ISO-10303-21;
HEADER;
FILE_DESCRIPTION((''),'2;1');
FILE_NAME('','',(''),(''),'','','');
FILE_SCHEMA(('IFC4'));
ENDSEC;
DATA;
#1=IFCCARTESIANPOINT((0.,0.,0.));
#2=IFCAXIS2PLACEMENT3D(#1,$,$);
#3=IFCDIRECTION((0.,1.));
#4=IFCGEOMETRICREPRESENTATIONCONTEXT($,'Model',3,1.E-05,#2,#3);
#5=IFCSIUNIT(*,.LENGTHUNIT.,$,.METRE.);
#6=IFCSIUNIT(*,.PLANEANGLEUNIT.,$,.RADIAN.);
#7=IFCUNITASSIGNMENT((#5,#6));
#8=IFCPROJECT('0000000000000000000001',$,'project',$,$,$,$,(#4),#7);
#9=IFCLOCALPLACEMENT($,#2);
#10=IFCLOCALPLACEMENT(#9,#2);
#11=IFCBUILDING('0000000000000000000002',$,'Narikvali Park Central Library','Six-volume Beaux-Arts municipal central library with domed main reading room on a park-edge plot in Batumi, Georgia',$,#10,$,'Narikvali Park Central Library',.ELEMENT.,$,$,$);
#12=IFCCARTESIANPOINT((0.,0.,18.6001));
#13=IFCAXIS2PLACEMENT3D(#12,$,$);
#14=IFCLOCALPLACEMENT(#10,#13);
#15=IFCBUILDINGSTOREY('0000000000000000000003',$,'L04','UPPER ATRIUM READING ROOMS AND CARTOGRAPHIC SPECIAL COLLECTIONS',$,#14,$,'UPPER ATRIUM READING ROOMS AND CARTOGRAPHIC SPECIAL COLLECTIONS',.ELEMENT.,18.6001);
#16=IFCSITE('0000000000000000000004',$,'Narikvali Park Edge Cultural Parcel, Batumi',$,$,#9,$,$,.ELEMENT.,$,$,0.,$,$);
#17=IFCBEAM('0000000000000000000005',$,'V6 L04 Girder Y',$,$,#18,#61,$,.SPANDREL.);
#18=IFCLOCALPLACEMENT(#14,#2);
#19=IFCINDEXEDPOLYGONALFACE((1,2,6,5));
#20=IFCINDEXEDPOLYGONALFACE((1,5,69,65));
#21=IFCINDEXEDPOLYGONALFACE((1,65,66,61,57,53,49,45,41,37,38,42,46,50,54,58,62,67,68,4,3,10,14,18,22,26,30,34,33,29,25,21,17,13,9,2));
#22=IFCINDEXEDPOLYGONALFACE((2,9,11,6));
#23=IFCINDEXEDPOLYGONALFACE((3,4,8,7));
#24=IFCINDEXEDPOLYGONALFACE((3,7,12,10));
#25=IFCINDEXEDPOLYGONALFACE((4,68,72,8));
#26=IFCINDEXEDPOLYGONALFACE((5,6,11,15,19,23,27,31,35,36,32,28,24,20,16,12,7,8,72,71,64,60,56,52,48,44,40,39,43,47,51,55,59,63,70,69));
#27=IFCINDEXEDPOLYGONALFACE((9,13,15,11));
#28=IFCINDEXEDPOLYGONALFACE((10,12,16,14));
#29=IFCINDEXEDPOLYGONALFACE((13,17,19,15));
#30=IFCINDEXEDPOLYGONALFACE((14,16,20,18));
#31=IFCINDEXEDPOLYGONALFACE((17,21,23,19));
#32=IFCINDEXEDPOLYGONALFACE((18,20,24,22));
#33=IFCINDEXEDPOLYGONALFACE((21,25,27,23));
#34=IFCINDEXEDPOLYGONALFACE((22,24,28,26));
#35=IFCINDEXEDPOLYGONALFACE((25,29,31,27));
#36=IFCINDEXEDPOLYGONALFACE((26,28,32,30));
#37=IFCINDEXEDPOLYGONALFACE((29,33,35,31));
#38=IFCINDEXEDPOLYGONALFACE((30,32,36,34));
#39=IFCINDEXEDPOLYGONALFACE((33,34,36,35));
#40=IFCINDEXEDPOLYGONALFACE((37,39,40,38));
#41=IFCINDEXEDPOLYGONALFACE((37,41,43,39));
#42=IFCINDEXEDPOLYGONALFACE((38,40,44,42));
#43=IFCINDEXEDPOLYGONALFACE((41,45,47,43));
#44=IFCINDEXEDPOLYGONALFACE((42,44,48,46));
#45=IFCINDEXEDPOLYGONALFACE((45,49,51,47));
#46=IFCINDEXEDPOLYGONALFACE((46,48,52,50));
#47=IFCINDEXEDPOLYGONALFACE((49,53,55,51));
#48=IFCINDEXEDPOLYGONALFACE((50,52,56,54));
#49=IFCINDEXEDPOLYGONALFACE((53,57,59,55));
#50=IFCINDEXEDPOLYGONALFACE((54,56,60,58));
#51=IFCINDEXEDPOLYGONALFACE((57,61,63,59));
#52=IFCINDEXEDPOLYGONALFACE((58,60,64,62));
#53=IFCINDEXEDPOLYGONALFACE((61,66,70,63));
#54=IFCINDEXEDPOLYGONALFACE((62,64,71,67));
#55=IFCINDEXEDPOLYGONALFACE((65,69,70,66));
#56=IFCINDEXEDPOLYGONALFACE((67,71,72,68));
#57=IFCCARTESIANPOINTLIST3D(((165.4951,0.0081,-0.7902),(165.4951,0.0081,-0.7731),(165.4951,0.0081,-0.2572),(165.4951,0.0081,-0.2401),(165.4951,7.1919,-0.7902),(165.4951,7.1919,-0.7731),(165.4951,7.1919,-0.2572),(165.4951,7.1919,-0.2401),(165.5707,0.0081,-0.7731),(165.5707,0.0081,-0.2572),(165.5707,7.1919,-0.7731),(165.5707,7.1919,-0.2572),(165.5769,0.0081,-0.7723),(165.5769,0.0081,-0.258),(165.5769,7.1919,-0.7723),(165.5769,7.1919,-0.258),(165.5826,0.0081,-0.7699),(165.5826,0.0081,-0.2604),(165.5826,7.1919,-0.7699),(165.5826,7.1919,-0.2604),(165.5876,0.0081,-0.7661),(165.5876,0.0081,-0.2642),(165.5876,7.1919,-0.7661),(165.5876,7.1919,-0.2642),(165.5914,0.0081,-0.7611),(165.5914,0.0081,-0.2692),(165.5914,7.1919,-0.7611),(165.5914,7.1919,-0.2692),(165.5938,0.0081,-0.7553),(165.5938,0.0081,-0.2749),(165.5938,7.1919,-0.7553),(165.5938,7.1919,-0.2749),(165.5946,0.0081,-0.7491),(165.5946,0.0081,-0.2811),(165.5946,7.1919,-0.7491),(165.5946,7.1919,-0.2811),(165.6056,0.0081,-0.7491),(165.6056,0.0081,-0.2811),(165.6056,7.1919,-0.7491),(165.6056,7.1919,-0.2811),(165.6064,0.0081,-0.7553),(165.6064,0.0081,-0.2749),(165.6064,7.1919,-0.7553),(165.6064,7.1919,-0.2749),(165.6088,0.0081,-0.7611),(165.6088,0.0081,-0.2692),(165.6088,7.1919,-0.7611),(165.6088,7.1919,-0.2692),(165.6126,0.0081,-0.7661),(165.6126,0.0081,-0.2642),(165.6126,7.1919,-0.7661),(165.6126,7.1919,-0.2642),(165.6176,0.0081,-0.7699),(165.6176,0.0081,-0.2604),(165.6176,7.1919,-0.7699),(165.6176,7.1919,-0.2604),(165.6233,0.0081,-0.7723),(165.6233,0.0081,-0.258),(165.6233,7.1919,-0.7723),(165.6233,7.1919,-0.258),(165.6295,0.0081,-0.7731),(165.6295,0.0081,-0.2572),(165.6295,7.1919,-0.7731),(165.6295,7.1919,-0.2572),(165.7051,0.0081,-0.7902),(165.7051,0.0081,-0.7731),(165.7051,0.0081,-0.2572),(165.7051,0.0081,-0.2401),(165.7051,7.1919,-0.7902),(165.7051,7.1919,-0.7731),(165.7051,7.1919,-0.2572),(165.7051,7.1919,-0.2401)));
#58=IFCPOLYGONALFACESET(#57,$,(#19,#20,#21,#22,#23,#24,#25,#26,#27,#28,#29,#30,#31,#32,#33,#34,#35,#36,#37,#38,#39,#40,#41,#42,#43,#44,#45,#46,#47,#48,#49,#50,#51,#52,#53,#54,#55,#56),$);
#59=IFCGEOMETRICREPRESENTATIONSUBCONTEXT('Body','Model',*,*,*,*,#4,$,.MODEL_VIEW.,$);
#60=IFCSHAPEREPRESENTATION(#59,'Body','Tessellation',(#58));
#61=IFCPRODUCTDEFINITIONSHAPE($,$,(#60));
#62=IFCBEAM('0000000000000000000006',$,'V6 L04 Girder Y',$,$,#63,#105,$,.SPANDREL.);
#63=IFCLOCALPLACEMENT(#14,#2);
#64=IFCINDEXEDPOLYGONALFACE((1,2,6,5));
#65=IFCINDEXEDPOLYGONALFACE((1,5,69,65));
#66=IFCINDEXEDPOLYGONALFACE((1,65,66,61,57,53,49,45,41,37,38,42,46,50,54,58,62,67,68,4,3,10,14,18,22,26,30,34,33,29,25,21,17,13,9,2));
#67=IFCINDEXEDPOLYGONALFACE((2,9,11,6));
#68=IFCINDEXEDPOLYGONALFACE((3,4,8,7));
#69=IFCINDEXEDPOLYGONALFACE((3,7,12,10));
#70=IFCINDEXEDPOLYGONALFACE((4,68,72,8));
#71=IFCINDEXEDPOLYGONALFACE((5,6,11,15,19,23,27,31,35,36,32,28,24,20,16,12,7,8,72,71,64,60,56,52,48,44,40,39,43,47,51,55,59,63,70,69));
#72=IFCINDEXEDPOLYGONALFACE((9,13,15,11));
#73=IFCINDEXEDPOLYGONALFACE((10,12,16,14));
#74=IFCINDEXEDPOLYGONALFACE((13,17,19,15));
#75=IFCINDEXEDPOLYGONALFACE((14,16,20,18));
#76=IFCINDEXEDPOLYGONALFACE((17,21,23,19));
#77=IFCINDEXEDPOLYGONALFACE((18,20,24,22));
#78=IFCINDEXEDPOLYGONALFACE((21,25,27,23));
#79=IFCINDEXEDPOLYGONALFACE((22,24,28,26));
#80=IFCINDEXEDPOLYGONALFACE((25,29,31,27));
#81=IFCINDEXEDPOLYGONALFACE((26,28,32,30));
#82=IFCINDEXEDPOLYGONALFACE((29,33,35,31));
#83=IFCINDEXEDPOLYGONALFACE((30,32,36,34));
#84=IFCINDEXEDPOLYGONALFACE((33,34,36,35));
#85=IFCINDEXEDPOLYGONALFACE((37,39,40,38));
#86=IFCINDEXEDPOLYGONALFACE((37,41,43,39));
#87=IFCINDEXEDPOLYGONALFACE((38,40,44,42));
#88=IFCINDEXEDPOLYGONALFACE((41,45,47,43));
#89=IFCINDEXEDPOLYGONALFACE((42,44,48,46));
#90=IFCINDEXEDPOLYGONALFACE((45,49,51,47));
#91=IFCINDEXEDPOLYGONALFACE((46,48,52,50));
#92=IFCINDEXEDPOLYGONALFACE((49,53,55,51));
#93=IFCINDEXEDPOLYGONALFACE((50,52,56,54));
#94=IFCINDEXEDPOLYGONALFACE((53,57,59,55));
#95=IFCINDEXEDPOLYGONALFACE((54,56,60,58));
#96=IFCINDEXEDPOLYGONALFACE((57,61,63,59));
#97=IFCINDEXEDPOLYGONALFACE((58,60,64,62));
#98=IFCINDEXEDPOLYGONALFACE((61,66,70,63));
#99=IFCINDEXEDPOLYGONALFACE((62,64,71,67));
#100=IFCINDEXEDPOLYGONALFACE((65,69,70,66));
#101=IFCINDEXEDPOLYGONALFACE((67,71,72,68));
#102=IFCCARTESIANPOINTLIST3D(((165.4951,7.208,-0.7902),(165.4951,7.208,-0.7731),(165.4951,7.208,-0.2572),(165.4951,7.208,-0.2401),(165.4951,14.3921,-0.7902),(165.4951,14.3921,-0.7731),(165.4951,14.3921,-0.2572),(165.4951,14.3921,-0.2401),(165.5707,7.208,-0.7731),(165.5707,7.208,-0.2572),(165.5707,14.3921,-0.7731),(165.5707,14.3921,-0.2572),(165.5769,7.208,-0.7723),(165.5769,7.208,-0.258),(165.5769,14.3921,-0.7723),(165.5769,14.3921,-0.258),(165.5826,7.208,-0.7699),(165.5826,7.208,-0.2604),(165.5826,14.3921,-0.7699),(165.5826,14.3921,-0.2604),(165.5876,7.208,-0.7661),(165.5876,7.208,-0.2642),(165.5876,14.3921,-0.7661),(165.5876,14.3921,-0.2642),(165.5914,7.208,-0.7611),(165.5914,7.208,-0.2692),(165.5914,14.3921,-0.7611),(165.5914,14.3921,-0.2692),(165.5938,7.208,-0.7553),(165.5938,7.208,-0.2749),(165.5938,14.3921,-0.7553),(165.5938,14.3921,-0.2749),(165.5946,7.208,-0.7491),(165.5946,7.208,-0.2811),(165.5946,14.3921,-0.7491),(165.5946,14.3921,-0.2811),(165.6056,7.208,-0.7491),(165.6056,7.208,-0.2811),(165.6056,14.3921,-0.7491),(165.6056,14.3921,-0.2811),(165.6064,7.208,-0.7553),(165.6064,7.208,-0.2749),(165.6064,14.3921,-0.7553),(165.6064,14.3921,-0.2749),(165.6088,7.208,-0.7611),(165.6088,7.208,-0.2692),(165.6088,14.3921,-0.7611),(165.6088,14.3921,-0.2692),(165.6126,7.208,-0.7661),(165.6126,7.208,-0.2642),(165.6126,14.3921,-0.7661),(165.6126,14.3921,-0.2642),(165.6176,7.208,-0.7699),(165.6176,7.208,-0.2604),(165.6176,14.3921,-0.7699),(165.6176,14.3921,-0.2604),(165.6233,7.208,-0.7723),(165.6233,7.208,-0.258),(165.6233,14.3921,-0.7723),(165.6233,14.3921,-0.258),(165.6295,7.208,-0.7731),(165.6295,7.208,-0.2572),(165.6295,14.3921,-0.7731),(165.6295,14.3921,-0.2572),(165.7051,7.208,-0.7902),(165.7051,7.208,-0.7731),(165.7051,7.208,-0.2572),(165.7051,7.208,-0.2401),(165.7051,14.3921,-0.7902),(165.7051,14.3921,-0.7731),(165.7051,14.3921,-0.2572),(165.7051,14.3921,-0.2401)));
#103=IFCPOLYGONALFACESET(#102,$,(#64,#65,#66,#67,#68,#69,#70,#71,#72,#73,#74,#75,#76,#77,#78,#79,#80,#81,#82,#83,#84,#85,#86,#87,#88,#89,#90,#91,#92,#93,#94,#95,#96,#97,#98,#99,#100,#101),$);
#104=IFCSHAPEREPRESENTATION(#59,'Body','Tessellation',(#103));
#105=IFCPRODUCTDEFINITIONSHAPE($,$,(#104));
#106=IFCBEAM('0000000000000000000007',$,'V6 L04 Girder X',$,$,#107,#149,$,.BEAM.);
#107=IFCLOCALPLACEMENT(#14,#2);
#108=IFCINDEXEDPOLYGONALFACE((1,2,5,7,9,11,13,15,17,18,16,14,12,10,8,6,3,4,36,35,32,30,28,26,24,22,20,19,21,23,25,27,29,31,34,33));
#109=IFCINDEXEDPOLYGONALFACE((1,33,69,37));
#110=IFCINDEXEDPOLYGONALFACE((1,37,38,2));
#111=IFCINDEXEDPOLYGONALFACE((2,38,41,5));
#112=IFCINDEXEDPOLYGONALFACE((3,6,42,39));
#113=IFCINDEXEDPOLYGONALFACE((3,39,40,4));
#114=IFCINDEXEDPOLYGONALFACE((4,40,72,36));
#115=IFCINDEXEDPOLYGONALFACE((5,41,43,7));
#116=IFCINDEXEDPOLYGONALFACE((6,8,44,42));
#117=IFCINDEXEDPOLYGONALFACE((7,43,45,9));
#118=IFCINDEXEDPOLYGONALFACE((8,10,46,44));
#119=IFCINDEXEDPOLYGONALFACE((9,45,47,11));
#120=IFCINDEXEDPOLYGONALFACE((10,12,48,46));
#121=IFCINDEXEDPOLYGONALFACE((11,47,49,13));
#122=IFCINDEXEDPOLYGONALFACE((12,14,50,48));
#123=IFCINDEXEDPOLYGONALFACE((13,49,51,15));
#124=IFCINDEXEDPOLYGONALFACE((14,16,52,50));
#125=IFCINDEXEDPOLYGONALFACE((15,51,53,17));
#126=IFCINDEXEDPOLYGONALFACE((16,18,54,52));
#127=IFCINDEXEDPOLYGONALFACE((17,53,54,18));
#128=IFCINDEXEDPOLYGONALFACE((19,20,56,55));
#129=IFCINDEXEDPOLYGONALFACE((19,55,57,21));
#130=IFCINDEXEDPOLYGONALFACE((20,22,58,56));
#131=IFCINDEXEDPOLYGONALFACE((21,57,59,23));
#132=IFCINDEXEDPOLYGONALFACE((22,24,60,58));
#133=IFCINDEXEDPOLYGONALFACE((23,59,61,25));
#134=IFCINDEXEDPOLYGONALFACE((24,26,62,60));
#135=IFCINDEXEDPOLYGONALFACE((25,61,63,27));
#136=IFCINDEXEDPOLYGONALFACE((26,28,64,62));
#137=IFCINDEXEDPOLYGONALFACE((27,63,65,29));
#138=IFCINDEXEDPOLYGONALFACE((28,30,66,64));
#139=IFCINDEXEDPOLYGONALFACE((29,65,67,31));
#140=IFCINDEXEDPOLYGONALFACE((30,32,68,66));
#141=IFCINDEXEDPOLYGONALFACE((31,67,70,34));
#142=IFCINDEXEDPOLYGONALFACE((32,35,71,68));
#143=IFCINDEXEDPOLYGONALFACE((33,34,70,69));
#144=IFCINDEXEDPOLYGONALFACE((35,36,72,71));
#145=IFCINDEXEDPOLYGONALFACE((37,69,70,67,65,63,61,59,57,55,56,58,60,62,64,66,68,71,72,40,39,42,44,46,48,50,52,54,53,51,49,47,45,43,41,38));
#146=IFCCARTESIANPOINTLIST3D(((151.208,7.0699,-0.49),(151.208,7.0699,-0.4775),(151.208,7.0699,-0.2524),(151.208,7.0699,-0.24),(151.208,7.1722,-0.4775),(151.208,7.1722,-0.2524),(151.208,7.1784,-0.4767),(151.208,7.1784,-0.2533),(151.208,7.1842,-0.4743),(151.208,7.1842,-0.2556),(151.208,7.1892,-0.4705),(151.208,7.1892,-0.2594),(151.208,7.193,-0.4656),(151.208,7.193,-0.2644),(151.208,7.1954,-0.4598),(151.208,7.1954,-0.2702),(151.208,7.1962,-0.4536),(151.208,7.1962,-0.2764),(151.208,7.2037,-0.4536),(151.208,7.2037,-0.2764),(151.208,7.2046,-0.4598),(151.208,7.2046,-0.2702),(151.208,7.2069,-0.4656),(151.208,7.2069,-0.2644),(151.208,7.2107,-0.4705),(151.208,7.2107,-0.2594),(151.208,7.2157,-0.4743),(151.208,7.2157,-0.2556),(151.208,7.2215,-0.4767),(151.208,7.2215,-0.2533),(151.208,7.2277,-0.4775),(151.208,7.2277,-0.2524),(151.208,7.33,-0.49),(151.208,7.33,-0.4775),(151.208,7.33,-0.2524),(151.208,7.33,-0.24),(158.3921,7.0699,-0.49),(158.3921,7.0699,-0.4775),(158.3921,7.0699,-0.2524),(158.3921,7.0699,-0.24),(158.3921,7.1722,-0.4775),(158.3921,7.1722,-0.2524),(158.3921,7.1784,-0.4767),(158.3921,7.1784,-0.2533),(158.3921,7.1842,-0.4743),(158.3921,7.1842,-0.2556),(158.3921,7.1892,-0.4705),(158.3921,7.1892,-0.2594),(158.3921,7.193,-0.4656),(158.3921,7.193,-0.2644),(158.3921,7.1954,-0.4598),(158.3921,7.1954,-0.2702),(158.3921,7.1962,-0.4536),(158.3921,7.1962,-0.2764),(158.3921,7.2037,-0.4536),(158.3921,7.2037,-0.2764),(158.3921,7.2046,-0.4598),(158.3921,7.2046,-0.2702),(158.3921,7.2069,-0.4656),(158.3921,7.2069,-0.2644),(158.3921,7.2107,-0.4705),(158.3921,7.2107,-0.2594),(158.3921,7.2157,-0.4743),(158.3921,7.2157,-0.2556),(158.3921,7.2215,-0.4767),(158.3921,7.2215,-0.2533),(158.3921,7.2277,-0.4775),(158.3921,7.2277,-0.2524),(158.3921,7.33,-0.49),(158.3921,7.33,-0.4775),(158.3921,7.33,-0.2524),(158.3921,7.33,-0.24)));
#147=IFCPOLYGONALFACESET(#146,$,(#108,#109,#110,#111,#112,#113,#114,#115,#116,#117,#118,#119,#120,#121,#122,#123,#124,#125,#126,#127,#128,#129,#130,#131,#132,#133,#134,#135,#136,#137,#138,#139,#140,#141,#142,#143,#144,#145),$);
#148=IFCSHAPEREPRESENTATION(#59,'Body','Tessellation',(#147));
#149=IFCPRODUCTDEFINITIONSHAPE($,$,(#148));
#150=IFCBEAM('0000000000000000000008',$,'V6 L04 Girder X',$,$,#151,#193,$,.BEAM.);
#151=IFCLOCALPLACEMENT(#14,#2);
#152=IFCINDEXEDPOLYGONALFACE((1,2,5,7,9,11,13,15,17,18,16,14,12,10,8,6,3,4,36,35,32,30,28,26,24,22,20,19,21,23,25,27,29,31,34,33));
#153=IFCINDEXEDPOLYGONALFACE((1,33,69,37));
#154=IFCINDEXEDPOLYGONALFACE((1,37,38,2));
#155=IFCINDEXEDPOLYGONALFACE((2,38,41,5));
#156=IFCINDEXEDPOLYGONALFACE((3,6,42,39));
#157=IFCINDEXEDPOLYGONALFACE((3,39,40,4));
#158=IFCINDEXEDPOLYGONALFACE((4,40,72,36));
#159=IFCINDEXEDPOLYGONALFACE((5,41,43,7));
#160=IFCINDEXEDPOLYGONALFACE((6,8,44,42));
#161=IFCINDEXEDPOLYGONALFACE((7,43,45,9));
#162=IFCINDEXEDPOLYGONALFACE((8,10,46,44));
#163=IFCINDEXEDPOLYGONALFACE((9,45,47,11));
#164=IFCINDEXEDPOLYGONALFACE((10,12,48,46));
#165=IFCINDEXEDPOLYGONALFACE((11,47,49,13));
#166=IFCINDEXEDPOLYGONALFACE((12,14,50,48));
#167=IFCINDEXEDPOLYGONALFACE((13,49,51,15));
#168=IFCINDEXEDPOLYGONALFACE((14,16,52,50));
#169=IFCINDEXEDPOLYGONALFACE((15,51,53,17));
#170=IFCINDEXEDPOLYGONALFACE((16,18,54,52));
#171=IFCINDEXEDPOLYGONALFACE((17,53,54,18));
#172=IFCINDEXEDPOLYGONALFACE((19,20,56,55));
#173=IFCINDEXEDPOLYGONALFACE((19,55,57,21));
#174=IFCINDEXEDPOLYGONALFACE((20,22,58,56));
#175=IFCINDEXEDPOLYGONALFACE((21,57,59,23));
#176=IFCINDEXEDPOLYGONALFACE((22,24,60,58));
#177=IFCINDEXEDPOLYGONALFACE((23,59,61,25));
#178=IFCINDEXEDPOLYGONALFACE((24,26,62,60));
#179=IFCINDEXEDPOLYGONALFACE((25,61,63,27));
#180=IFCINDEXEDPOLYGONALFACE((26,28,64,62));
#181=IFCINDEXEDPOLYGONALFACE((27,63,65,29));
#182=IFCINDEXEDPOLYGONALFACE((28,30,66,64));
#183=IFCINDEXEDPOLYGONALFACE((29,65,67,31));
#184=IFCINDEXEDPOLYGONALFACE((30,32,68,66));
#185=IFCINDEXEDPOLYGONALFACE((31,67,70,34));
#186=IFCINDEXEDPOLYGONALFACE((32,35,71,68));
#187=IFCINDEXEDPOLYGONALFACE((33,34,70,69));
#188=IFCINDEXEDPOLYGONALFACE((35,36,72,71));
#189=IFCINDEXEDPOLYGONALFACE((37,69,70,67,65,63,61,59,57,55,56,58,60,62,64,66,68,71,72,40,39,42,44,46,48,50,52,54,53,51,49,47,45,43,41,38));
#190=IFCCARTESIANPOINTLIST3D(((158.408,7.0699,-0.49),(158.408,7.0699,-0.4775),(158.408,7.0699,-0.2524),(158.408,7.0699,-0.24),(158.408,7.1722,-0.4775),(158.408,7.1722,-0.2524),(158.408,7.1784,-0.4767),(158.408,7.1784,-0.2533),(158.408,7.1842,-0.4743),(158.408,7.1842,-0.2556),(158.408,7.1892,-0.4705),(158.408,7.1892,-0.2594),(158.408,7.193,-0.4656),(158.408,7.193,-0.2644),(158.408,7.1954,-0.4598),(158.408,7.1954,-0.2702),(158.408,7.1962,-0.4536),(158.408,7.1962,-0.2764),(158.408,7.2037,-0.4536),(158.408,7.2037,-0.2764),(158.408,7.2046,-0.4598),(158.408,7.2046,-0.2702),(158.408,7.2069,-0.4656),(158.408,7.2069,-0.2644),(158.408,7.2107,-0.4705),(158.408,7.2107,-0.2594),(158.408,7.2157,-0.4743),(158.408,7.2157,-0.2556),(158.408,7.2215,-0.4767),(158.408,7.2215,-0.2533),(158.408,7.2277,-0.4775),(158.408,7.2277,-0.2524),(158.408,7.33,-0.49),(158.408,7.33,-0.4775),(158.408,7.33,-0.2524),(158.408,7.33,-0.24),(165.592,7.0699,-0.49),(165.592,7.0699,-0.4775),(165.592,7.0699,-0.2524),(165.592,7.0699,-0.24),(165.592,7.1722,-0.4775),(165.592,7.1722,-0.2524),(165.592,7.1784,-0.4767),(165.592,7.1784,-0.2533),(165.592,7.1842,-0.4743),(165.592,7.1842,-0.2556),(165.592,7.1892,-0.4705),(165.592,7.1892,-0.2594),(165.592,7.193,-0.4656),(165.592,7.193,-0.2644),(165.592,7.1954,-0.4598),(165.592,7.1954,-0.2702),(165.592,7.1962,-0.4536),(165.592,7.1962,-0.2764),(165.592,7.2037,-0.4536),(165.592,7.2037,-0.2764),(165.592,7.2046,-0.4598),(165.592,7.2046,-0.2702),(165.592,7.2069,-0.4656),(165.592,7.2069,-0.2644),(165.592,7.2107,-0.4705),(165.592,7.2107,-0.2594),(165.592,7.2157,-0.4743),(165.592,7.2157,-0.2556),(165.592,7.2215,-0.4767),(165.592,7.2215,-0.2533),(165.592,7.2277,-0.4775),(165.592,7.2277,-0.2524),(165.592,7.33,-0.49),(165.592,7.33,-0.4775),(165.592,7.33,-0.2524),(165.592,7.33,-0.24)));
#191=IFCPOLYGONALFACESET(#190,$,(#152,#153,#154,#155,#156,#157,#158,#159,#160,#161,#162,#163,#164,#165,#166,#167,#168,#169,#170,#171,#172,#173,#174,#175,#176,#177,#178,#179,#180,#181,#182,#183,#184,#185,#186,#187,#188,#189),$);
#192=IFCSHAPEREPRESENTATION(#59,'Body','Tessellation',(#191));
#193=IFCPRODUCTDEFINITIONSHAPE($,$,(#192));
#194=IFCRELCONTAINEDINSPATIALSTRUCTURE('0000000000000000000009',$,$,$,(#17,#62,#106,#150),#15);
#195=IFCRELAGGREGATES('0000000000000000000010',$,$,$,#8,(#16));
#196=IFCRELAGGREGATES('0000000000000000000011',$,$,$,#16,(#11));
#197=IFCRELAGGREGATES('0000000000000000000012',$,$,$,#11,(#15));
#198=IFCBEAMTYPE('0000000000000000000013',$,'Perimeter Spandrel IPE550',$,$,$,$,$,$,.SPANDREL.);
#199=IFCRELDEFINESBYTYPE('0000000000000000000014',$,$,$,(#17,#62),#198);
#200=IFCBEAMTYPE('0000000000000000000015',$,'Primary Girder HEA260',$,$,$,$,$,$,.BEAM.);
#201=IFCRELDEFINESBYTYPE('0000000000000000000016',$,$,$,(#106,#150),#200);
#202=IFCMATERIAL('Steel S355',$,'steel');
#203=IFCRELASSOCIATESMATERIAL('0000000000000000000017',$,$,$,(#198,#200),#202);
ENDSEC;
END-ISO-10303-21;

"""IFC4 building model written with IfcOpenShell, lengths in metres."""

from ifc_helpers import new_model, si_unit, direction, frame, origin, origin_2d, place, context, subcontext, project, spatial, i_section, extrude, material, material_profile, profile_set, type_object, element, save


model = new_model("IFC4")

# Units and contexts
model_context = context("Model", 3, precision=1e-05, world=origin(), true_north=direction((0.0, 1.0)))
body_context = subcontext(model_context, "Body", "Model", "MODEL_VIEW")
ifc_project = project(units=[si_unit("LENGTHUNIT", "METRE"), si_unit("PLANEANGLEUNIT", "RADIAN")], contexts=[model_context])

# Site, building, storey
site_placement = place(None, origin())
site = spatial("IfcSite", under=ifc_project, at=site_placement, Name="Narikvali Park Edge Cultural Parcel, Batumi", CompositionType="ELEMENT", RefElevation=0.0)
building_placement = place(site_placement, origin())
building = spatial("IfcBuilding", under=site, at=building_placement, Name="Narikvali Park Central Library", Description="Six-volume Beaux-Arts municipal central library with domed main reading room on a park-edge plot in Batumi, Georgia", LongName="Narikvali Park Central Library", CompositionType="ELEMENT")
storey_placement = place(building_placement, frame((0.0, 0.0, 18.6001)))
storey = spatial("IfcBuildingStorey", under=building, at=storey_placement, Name="L04", Description="UPPER ATRIUM READING ROOMS AND CARTOGRAPHIC SPECIAL COLLECTIONS", LongName="UPPER ATRIUM READING ROOMS AND CARTOGRAPHIC SPECIAL COLLECTIONS", CompositionType="ELEMENT", Elevation=18.6001)

# Shared definitions
ifc_material_1 = material(Name="Steel S355", Category="steel")

# Beams
ifc_material_profile_1 = material_profile(ifc_material_1, i_section(OverallWidth=0.21, OverallDepth=0.55, WebThickness=0.011, FlangeThickness=0.0171, FilletRadius=0.0239, at=origin_2d()), Name="IPE 550")
ifc_profile_set_1 = profile_set([ifc_material_profile_1], Name="Steel S355")
beam_type_1 = type_object("IfcBeamType", Name="Perimeter Spandrel IPE550", PredefinedType="SPANDREL", material=ifc_profile_set_1)
beam_1_placement = place(storey_placement, frame((165.6001, 0.0081, -0.5151), z_axis=(0.0, 1.0, 0.0), x_axis=(-1.0, 0.0, 0.0)))
element("IfcBeam", 1, at=beam_1_placement, inside=storey, type_object=beam_type_1, Name="V6 L04 Girder Y", PredefinedType="SPANDREL", context=body_context, shape_type="SweptSolid", body=[
    extrude(i_section(OverallWidth=0.21, OverallDepth=0.55, WebThickness=0.011, FlangeThickness=0.0171, FilletRadius=0.0239, at=origin_2d()), origin(), (0.0, 0.0, 1.0), 7.1838),
])
beam_2_placement = place(storey_placement, frame((165.6001, 7.208, -0.5151), z_axis=(0.0, 1.0, 0.0), x_axis=(-1.0, 0.0, 0.0)))
element("IfcBeam", 2, at=beam_2_placement, inside=storey, type_object=beam_type_1, Name="V6 L04 Girder Y", PredefinedType="SPANDREL", context=body_context, shape_type="SweptSolid", body=[
    extrude(i_section(OverallWidth=0.21, OverallDepth=0.55, WebThickness=0.011, FlangeThickness=0.0171, FilletRadius=0.0239, at=origin_2d()), origin(), (0.0, 0.0, 1.0), 7.1841),
])
ifc_material_profile_2 = material_profile(ifc_material_1, i_section(OverallWidth=0.26, OverallDepth=0.25, WebThickness=0.0076, FlangeThickness=0.0125, FilletRadius=0.0239, at=origin_2d()), Name="HEA 260")
ifc_profile_set_2 = profile_set([ifc_material_profile_2], Name="Steel S355")
beam_type_2 = type_object("IfcBeamType", Name="Primary Girder HEA260", PredefinedType="BEAM", material=ifc_profile_set_2)
for number, where, z_axis, x_axis, name in (
    (3, (151.208, 7.2, -0.365), (1.0, 0.0, 0.0), (0.0, 1.0, 0.0), "V6 L04 Girder X"),
    (4, (158.408, 7.2, -0.365), (1.0, 0.0, 0.0), (0.0, 1.0, 0.0), "V6 L04 Girder X"),
):
    element("IfcBeam", number, at=place(storey_placement, frame(where, z_axis=z_axis, x_axis=x_axis)), inside=storey, type_object=beam_type_2, Name=name, PredefinedType="BEAM", context=body_context, shape_type="SweptSolid", body=[
        extrude(i_section(OverallWidth=0.26, OverallDepth=0.25, WebThickness=0.0076, FlangeThickness=0.0125, FilletRadius=0.0239, at=origin_2d()), origin(), (0.0, 0.0, 1.0), 7.1841),
    ])

save(model, "model.ifc")
